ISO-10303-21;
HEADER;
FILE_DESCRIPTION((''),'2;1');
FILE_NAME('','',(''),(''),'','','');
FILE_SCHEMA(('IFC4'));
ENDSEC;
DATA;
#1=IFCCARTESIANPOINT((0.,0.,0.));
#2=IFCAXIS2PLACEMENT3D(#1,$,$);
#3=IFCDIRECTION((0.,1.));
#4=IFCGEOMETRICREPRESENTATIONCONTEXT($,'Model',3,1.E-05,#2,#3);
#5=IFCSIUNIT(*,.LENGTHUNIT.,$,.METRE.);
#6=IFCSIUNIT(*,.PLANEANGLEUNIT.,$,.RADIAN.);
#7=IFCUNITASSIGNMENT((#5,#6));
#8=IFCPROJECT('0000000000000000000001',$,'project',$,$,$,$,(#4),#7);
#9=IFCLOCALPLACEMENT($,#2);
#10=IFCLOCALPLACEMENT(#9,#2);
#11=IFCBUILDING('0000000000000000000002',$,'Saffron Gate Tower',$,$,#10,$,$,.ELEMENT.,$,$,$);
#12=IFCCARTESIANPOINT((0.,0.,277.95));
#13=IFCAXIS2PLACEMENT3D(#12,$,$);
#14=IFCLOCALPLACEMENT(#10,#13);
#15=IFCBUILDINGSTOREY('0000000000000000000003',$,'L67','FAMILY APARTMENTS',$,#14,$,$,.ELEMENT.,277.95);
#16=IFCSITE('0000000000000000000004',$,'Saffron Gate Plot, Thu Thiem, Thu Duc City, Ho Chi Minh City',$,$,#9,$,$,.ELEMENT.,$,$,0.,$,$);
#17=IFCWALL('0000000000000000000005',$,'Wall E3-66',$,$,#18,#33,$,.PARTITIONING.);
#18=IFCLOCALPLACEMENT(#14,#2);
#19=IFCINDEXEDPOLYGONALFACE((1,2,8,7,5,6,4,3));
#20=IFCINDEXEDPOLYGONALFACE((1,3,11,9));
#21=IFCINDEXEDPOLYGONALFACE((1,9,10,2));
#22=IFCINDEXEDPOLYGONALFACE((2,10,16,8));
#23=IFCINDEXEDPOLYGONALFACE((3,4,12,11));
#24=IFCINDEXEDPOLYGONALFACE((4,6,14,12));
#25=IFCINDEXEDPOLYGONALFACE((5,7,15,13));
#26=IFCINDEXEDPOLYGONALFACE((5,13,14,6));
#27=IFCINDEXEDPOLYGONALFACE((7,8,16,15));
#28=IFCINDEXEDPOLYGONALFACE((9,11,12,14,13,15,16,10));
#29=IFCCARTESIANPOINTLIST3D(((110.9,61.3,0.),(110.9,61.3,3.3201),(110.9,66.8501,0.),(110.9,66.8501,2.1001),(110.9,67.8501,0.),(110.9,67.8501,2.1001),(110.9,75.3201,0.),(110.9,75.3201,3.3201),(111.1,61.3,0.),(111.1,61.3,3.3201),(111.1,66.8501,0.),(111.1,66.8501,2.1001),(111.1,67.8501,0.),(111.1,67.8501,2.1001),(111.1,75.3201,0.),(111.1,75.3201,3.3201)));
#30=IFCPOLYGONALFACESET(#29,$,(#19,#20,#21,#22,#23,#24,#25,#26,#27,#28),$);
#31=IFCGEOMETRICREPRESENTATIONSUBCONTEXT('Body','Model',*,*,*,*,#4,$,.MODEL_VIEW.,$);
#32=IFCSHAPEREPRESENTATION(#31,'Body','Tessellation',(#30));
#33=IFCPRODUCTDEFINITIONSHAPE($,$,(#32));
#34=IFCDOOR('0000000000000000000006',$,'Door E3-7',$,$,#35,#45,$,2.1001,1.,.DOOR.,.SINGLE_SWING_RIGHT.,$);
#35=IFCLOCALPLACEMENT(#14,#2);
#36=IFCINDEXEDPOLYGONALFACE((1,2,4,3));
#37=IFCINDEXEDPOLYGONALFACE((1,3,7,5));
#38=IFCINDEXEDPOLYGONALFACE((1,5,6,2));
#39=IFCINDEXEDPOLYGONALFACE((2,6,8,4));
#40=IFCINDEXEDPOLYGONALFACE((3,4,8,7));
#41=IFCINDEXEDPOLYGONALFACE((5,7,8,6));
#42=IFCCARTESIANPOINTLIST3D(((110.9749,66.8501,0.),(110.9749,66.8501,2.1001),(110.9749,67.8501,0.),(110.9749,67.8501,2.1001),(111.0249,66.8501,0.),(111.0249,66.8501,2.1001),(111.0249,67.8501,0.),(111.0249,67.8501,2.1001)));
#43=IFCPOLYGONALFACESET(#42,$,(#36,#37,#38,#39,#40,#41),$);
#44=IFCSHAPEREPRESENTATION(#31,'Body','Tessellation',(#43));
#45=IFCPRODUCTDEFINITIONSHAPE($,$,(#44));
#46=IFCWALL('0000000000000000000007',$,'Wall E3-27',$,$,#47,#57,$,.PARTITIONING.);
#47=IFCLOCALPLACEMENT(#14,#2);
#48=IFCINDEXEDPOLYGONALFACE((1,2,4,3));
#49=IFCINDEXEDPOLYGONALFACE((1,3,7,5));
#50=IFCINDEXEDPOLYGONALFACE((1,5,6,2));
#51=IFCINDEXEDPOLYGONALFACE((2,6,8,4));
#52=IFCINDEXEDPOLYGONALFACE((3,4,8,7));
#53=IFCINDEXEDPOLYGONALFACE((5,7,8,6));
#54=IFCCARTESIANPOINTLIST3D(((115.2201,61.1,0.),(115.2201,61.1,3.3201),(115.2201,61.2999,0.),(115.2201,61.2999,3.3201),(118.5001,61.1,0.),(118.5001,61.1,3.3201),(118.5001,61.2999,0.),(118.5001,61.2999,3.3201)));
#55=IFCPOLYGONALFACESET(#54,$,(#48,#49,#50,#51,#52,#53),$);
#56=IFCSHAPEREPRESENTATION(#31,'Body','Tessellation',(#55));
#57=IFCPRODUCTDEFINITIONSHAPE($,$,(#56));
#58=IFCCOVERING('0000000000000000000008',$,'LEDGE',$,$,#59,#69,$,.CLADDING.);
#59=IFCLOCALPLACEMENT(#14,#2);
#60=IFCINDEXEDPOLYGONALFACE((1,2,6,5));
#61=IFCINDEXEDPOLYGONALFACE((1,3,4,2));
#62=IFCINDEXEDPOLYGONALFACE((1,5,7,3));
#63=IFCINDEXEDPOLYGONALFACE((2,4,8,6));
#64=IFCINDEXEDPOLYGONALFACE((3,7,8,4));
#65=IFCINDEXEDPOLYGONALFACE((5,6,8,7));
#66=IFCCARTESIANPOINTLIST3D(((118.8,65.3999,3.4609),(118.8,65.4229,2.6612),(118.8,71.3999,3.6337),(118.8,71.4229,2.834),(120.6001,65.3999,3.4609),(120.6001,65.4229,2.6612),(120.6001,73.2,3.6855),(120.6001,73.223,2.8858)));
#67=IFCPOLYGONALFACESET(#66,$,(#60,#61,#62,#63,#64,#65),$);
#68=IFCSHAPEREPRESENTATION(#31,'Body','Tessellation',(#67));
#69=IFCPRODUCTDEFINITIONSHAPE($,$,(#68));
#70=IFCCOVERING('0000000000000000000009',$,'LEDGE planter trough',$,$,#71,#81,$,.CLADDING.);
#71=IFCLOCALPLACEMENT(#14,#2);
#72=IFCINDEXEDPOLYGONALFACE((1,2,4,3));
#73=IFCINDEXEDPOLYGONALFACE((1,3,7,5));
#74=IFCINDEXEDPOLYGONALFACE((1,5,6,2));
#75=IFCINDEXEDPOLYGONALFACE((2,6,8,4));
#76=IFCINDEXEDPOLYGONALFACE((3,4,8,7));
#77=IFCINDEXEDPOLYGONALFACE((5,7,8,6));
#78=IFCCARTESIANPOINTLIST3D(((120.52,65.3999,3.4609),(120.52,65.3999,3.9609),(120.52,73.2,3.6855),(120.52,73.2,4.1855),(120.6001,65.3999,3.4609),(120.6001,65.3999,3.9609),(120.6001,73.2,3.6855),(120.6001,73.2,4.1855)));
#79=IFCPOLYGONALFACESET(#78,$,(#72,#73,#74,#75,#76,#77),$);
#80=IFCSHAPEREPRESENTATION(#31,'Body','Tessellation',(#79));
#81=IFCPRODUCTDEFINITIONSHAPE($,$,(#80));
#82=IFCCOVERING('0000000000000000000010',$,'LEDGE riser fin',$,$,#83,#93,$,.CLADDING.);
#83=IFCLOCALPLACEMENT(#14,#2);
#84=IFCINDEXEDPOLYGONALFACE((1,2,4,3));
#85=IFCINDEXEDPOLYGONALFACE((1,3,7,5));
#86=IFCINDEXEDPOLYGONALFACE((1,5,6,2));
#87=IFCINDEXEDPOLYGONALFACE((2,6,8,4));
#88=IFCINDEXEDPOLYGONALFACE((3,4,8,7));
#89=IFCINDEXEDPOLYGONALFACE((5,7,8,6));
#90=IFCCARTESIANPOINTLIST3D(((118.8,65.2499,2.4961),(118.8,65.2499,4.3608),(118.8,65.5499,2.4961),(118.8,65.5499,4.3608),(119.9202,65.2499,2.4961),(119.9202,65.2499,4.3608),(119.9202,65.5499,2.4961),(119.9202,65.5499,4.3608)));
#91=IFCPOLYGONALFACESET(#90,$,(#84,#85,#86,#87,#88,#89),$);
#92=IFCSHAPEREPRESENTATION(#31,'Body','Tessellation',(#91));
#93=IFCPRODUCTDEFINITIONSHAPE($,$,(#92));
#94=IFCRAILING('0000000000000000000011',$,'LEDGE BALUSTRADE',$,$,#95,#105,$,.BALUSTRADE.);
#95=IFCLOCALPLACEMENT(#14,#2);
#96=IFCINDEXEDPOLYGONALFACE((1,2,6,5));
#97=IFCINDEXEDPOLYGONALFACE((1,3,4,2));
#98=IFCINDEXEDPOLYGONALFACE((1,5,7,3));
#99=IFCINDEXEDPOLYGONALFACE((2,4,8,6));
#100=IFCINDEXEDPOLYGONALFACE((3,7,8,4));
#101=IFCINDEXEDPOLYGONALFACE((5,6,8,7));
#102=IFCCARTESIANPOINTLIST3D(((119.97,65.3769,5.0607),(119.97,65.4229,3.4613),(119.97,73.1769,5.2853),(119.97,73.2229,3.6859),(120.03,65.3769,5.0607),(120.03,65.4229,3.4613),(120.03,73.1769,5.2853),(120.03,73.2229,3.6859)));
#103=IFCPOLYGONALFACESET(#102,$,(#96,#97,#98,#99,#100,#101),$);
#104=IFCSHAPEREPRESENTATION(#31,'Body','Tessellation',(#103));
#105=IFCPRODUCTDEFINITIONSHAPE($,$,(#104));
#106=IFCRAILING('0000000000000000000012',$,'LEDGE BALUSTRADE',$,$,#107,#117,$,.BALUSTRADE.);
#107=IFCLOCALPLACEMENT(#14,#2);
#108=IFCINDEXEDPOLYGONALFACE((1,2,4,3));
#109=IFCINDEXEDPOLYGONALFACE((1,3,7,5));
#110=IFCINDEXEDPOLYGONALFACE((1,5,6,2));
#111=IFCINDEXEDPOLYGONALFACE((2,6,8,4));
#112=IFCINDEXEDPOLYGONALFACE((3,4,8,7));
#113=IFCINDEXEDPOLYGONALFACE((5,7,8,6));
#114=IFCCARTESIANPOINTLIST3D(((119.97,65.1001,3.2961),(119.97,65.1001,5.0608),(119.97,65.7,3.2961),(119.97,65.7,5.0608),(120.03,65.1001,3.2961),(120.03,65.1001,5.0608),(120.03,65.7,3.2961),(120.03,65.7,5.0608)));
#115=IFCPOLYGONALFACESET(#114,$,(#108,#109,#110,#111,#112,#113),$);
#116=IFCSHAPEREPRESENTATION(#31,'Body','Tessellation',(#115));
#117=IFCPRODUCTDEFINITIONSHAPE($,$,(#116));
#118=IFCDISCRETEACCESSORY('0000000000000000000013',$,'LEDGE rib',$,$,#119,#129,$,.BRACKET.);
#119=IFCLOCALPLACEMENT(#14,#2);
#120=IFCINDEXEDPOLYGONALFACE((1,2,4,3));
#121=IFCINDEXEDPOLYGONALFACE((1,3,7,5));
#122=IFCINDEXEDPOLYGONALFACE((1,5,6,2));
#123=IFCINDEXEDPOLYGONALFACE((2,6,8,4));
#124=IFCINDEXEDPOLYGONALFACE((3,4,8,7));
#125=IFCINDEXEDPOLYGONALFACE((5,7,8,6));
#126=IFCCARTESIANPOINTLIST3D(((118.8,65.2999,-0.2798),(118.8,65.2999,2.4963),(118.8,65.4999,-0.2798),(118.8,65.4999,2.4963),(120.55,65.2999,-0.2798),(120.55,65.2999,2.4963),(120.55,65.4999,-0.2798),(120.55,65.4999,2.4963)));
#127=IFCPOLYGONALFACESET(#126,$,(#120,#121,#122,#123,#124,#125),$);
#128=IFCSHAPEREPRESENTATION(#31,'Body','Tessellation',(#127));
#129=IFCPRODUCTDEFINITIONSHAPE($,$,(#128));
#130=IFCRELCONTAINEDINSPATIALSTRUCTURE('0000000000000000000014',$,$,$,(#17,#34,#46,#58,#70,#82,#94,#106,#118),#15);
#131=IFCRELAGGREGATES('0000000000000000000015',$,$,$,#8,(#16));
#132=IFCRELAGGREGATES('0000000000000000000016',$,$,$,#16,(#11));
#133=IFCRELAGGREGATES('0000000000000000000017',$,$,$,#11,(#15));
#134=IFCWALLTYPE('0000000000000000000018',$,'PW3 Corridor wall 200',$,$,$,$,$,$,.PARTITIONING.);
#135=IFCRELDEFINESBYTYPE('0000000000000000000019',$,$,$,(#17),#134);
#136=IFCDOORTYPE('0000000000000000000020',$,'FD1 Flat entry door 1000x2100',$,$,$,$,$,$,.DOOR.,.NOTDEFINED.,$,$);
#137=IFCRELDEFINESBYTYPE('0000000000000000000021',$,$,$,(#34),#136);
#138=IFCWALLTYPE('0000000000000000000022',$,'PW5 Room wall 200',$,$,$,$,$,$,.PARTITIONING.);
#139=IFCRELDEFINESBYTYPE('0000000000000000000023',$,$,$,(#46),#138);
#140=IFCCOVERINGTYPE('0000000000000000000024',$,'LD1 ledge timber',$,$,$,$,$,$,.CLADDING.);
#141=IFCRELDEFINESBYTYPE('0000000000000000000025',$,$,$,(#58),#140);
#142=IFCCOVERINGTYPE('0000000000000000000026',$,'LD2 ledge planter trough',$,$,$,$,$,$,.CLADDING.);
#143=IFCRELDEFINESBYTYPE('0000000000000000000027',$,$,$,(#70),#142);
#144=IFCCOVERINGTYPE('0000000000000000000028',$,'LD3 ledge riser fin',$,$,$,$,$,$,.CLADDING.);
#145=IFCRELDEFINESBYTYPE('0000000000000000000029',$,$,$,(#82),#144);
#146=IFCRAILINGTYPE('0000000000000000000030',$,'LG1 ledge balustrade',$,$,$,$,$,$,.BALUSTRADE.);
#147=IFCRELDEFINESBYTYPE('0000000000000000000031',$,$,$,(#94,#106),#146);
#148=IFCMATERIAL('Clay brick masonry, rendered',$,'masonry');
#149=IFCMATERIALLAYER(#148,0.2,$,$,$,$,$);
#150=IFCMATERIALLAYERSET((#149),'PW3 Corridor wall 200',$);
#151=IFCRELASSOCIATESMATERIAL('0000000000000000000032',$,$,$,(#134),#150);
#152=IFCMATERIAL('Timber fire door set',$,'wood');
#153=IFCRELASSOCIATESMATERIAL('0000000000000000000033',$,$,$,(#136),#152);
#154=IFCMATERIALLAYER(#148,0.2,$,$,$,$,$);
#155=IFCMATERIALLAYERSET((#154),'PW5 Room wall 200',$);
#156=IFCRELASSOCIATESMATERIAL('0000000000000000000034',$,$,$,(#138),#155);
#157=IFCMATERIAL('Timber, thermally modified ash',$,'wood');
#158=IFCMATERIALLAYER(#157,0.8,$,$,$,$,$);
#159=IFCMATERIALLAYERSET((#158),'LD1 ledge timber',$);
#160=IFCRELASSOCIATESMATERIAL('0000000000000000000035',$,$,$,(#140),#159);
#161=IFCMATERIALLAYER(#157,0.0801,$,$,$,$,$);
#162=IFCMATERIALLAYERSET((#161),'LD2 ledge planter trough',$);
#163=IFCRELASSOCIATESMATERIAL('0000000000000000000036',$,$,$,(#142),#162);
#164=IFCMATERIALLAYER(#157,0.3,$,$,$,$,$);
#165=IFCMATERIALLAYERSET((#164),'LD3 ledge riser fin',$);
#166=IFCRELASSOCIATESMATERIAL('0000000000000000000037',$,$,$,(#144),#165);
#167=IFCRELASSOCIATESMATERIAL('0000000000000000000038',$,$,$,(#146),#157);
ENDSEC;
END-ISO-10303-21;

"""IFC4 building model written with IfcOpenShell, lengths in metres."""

from ifc_helpers import new_model, si_unit, direction, frame, frame_2d, origin, origin_2d, place, context, subcontext, project, spatial, polyline, rectangle, outline, extrude, material, layer, layer_set, type_object, element, fill, save


model = new_model("IFC4")

# Units and contexts
model_context = context("Model", 3, precision=1e-05, world=origin(), true_north=direction((0.0, 1.0)))
body_context = subcontext(model_context, "Body", "Model", "MODEL_VIEW")
ifc_project = project(units=[si_unit("LENGTHUNIT", "METRE"), si_unit("PLANEANGLEUNIT", "RADIAN")], contexts=[model_context])

# Site, building, storey
site_placement = place(None, origin())
site = spatial("IfcSite", under=ifc_project, at=site_placement, Name="Saffron Gate Plot, Thu Thiem, Thu Duc City, Ho Chi Minh City", CompositionType="ELEMENT", RefElevation=0.0)
building_placement = place(site_placement, origin())
building = spatial("IfcBuilding", under=site, at=building_placement, Name="Saffron Gate Tower", CompositionType="ELEMENT")
storey_placement = place(building_placement, frame((0.0, 0.0, 277.95)))
storey = spatial("IfcBuildingStorey", under=building, at=storey_placement, Name="L67", Description="FAMILY APARTMENTS", CompositionType="ELEMENT", Elevation=277.95)

# Wall, opening, door
ifc_material_1 = material(Name="Clay brick masonry, rendered", Category="masonry")
ifc_layer_1 = layer(ifc_material_1, 0.2)
ifc_layer_set_1 = layer_set([ifc_layer_1], Name="PW3 Corridor wall 200")
wall_type_1 = type_object("IfcWallType", Name="PW3 Corridor wall 200", PredefinedType="PARTITIONING", material=ifc_layer_set_1)
wall_1_placement = place(storey_placement, frame((111.0, 75.3201, 0.0), z_axis=(0.0, 0.0, 1.0), x_axis=(0.0, -1.0, 0.0)))
wall_1 = element("IfcWall", 1, at=wall_1_placement, inside=storey, type_object=wall_type_1, Name="Wall E3-66", PredefinedType="PARTITIONING", context=body_context, shape_type="SweptSolid", body=[
    extrude(rectangle(XDim=14.02, YDim=0.2, at=frame_2d((7.01, 0.0))), origin(), (0.0, 0.0, 1.0), 3.3201),
])
opening_1_placement = place(wall_1_placement, frame((7.47, 0.0, 0.0)))
opening_1 = element("IfcOpeningElement", 2, at=opening_1_placement, cuts=wall_1, PredefinedType="OPENING", context=body_context, shape_type="SweptSolid", body=[
    extrude(rectangle(XDim=1.0, YDim=2.1001, at=frame_2d((0.5, 1.05))), frame((0.0, 0.1099, 0.0), z_axis=(0.0, -1.0, 0.0), x_axis=(1.0, 0.0, 0.0)), (0.0, 0.0, 1.0), 0.22),
])
ifc_material_2 = material(Name="Timber fire door set", Category="wood")
door_type_1 = type_object("IfcDoorType", Name="FD1 Flat entry door 1000x2100", OperationType="NOTDEFINED", PredefinedType="DOOR", material=ifc_material_2)
door_1_placement = place(opening_1_placement, origin())
door_1 = element("IfcDoor", 3, at=door_1_placement, inside=storey, type_object=door_type_1, Name="Door E3-7", OperationType="SINGLE_SWING_RIGHT", OverallHeight=2.1001, OverallWidth=1.0, PredefinedType="DOOR", context=body_context, shape_type="SweptSolid", body=[
    extrude(rectangle(XDim=1.0, YDim=2.1001, at=frame_2d((0.5, 1.05))), frame((0.0, 0.0249, 0.0), z_axis=(0.0, -1.0, 0.0), x_axis=(1.0, 0.0, 0.0)), (0.0, 0.0, 1.0), 0.05),
])
fill(opening_1, door_1)

# Wall
ifc_layer_2 = layer(ifc_material_1, 0.2)
ifc_layer_set_2 = layer_set([ifc_layer_2], Name="PW5 Room wall 200")
wall_type_2 = type_object("IfcWallType", Name="PW5 Room wall 200", PredefinedType="PARTITIONING", material=ifc_layer_set_2)
wall_2_placement = place(storey_placement, frame((115.22, 61.2, 0.0), z_axis=(0.0, 0.0, 1.0), x_axis=(1.0, 0.0, 0.0)))
element("IfcWall", 4, at=wall_2_placement, inside=storey, type_object=wall_type_2, Name="Wall E3-27", PredefinedType="PARTITIONING", context=body_context, shape_type="SweptSolid", body=[
    extrude(rectangle(XDim=3.28, YDim=0.2, at=frame_2d((1.6401, 0.0))), origin(), (0.0, 0.0, 1.0), 3.3201),
])

# Coverings
ifc_material_3 = material(Name="Timber, thermally modified ash", Category="wood")
ifc_layer_3 = layer(ifc_material_3, 0.8)
ifc_layer_set_3 = layer_set([ifc_layer_3], Name="LD1 ledge timber")
covering_type_1 = type_object("IfcCoveringType", Name="LD1 ledge timber", PredefinedType="CLADDING", material=ifc_layer_set_3)
covering_1_placement = place(storey_placement, frame((118.8, 65.3999, 3.4609), z_axis=(0.000024, -0.028789, 0.999585), x_axis=(0.0, 0.999585, 0.028789)))
element("IfcCovering", 5, at=covering_1_placement, inside=storey, type_object=covering_type_1, Name="LEDGE", PredefinedType="CLADDING", context=body_context, shape_type="SweptSolid", body=[
    extrude(outline(polyline([(0.0, 0.0), (6.0025, 0.0), (7.8033, -1.8), (0.0, -1.8), (0.0, 0.0)])), origin(), (0.0, 0.0, -1.0), 0.8),
])
ifc_layer_4 = layer(ifc_material_3, 0.0801)
ifc_layer_set_4 = layer_set([ifc_layer_4], Name="LD2 ledge planter trough")
covering_type_2 = type_object("IfcCoveringType", Name="LD2 ledge planter trough", PredefinedType="CLADDING", material=ifc_layer_set_4)
covering_2_placement = place(storey_placement, frame((120.6001, 65.3999, 3.4609), z_axis=(1.0, 0.0, 0.0), x_axis=(0.0, 0.999586, 0.028784)))
element("IfcCovering", 6, at=covering_2_placement, inside=storey, type_object=covering_type_2, Name="LEDGE planter trough", PredefinedType="CLADDING", context=body_context, shape_type="SweptSolid", body=[
    extrude(outline(polyline([(0.0, 0.0), (7.8033, 0.0), (7.8177, 0.4998), (0.0144, 0.4998), (0.0, 0.0)])), origin(), (0.0, 0.0, -1.0), 0.0801),
])
ifc_layer_5 = layer(ifc_material_3, 0.3)
ifc_layer_set_5 = layer_set([ifc_layer_5], Name="LD3 ledge riser fin")
covering_type_3 = type_object("IfcCoveringType", Name="LD3 ledge riser fin", PredefinedType="CLADDING", material=ifc_layer_set_5)
covering_3_placement = place(storey_placement, frame((119.3601, 65.3999, 2.4961), z_axis=(0.0, 0.0, 1.0), x_axis=(0.0, 1.0, 0.0)))
element("IfcCovering", 7, at=covering_3_placement, inside=storey, type_object=covering_type_3, Name="LEDGE riser fin", PredefinedType="CLADDING", context=body_context, shape_type="SweptSolid", body=[
    extrude(rectangle(XDim=0.3, YDim=1.1201, at=origin_2d()), origin(), (0.0, 0.0, 1.0), 1.8647),
])

# Railings
railing_type = type_object("IfcRailingType", Name="LG1 ledge balustrade", PredefinedType="BALUSTRADE", material=ifc_material_3)
railing_1_placement = place(storey_placement, frame((120.0, 65.3999, 3.4609)))
element("IfcRailing", 8, at=railing_1_placement, inside=storey, type_object=railing_type, Name="LEDGE BALUSTRADE", PredefinedType="BALUSTRADE", context=body_context, shape_type="SweptSolid", body=[
    extrude(rectangle(XDim=0.0601, YDim=1.6001, at=origin_2d()), frame((0.0, 0.0, 0.8), z_axis=(0.0, 0.999586, 0.028784), x_axis=(-1.0, 0.0, 0.0)), (0.0, 0.0, 1.0), 7.8032),
])
railing_2_placement = place(storey_placement, frame((120.0, 65.1001, 3.2961)))
element("IfcRailing", 9, at=railing_2_placement, inside=storey, type_object=railing_type, Name="LEDGE BALUSTRADE", PredefinedType="BALUSTRADE", context=body_context, shape_type="SweptSolid", body=[
    extrude(rectangle(XDim=0.0601, YDim=1.7646, at=origin_2d()), frame((0.0, 0.0, 0.8823), z_axis=(0.0, 1.0, 0.0), x_axis=(-1.0, 0.0, 0.0)), (0.0, 0.0, 1.0), 0.5999),
])

# Discrete accessory
discrete_accessory_placement = place(storey_placement, frame((119.675, 65.3999, -0.2798), z_axis=(0.0, 0.0, 1.0), x_axis=(0.0, 1.0, 0.0)))
element("IfcDiscreteAccessory", 10, at=discrete_accessory_placement, inside=storey, Name="LEDGE rib", PredefinedType="BRACKET", context=body_context, shape_type="SweptSolid", body=[
    extrude(rectangle(XDim=0.2, YDim=1.75, at=origin_2d()), origin(), (0.0, 0.0, 1.0), 2.7761),
])

save(model, "model.ifc")
